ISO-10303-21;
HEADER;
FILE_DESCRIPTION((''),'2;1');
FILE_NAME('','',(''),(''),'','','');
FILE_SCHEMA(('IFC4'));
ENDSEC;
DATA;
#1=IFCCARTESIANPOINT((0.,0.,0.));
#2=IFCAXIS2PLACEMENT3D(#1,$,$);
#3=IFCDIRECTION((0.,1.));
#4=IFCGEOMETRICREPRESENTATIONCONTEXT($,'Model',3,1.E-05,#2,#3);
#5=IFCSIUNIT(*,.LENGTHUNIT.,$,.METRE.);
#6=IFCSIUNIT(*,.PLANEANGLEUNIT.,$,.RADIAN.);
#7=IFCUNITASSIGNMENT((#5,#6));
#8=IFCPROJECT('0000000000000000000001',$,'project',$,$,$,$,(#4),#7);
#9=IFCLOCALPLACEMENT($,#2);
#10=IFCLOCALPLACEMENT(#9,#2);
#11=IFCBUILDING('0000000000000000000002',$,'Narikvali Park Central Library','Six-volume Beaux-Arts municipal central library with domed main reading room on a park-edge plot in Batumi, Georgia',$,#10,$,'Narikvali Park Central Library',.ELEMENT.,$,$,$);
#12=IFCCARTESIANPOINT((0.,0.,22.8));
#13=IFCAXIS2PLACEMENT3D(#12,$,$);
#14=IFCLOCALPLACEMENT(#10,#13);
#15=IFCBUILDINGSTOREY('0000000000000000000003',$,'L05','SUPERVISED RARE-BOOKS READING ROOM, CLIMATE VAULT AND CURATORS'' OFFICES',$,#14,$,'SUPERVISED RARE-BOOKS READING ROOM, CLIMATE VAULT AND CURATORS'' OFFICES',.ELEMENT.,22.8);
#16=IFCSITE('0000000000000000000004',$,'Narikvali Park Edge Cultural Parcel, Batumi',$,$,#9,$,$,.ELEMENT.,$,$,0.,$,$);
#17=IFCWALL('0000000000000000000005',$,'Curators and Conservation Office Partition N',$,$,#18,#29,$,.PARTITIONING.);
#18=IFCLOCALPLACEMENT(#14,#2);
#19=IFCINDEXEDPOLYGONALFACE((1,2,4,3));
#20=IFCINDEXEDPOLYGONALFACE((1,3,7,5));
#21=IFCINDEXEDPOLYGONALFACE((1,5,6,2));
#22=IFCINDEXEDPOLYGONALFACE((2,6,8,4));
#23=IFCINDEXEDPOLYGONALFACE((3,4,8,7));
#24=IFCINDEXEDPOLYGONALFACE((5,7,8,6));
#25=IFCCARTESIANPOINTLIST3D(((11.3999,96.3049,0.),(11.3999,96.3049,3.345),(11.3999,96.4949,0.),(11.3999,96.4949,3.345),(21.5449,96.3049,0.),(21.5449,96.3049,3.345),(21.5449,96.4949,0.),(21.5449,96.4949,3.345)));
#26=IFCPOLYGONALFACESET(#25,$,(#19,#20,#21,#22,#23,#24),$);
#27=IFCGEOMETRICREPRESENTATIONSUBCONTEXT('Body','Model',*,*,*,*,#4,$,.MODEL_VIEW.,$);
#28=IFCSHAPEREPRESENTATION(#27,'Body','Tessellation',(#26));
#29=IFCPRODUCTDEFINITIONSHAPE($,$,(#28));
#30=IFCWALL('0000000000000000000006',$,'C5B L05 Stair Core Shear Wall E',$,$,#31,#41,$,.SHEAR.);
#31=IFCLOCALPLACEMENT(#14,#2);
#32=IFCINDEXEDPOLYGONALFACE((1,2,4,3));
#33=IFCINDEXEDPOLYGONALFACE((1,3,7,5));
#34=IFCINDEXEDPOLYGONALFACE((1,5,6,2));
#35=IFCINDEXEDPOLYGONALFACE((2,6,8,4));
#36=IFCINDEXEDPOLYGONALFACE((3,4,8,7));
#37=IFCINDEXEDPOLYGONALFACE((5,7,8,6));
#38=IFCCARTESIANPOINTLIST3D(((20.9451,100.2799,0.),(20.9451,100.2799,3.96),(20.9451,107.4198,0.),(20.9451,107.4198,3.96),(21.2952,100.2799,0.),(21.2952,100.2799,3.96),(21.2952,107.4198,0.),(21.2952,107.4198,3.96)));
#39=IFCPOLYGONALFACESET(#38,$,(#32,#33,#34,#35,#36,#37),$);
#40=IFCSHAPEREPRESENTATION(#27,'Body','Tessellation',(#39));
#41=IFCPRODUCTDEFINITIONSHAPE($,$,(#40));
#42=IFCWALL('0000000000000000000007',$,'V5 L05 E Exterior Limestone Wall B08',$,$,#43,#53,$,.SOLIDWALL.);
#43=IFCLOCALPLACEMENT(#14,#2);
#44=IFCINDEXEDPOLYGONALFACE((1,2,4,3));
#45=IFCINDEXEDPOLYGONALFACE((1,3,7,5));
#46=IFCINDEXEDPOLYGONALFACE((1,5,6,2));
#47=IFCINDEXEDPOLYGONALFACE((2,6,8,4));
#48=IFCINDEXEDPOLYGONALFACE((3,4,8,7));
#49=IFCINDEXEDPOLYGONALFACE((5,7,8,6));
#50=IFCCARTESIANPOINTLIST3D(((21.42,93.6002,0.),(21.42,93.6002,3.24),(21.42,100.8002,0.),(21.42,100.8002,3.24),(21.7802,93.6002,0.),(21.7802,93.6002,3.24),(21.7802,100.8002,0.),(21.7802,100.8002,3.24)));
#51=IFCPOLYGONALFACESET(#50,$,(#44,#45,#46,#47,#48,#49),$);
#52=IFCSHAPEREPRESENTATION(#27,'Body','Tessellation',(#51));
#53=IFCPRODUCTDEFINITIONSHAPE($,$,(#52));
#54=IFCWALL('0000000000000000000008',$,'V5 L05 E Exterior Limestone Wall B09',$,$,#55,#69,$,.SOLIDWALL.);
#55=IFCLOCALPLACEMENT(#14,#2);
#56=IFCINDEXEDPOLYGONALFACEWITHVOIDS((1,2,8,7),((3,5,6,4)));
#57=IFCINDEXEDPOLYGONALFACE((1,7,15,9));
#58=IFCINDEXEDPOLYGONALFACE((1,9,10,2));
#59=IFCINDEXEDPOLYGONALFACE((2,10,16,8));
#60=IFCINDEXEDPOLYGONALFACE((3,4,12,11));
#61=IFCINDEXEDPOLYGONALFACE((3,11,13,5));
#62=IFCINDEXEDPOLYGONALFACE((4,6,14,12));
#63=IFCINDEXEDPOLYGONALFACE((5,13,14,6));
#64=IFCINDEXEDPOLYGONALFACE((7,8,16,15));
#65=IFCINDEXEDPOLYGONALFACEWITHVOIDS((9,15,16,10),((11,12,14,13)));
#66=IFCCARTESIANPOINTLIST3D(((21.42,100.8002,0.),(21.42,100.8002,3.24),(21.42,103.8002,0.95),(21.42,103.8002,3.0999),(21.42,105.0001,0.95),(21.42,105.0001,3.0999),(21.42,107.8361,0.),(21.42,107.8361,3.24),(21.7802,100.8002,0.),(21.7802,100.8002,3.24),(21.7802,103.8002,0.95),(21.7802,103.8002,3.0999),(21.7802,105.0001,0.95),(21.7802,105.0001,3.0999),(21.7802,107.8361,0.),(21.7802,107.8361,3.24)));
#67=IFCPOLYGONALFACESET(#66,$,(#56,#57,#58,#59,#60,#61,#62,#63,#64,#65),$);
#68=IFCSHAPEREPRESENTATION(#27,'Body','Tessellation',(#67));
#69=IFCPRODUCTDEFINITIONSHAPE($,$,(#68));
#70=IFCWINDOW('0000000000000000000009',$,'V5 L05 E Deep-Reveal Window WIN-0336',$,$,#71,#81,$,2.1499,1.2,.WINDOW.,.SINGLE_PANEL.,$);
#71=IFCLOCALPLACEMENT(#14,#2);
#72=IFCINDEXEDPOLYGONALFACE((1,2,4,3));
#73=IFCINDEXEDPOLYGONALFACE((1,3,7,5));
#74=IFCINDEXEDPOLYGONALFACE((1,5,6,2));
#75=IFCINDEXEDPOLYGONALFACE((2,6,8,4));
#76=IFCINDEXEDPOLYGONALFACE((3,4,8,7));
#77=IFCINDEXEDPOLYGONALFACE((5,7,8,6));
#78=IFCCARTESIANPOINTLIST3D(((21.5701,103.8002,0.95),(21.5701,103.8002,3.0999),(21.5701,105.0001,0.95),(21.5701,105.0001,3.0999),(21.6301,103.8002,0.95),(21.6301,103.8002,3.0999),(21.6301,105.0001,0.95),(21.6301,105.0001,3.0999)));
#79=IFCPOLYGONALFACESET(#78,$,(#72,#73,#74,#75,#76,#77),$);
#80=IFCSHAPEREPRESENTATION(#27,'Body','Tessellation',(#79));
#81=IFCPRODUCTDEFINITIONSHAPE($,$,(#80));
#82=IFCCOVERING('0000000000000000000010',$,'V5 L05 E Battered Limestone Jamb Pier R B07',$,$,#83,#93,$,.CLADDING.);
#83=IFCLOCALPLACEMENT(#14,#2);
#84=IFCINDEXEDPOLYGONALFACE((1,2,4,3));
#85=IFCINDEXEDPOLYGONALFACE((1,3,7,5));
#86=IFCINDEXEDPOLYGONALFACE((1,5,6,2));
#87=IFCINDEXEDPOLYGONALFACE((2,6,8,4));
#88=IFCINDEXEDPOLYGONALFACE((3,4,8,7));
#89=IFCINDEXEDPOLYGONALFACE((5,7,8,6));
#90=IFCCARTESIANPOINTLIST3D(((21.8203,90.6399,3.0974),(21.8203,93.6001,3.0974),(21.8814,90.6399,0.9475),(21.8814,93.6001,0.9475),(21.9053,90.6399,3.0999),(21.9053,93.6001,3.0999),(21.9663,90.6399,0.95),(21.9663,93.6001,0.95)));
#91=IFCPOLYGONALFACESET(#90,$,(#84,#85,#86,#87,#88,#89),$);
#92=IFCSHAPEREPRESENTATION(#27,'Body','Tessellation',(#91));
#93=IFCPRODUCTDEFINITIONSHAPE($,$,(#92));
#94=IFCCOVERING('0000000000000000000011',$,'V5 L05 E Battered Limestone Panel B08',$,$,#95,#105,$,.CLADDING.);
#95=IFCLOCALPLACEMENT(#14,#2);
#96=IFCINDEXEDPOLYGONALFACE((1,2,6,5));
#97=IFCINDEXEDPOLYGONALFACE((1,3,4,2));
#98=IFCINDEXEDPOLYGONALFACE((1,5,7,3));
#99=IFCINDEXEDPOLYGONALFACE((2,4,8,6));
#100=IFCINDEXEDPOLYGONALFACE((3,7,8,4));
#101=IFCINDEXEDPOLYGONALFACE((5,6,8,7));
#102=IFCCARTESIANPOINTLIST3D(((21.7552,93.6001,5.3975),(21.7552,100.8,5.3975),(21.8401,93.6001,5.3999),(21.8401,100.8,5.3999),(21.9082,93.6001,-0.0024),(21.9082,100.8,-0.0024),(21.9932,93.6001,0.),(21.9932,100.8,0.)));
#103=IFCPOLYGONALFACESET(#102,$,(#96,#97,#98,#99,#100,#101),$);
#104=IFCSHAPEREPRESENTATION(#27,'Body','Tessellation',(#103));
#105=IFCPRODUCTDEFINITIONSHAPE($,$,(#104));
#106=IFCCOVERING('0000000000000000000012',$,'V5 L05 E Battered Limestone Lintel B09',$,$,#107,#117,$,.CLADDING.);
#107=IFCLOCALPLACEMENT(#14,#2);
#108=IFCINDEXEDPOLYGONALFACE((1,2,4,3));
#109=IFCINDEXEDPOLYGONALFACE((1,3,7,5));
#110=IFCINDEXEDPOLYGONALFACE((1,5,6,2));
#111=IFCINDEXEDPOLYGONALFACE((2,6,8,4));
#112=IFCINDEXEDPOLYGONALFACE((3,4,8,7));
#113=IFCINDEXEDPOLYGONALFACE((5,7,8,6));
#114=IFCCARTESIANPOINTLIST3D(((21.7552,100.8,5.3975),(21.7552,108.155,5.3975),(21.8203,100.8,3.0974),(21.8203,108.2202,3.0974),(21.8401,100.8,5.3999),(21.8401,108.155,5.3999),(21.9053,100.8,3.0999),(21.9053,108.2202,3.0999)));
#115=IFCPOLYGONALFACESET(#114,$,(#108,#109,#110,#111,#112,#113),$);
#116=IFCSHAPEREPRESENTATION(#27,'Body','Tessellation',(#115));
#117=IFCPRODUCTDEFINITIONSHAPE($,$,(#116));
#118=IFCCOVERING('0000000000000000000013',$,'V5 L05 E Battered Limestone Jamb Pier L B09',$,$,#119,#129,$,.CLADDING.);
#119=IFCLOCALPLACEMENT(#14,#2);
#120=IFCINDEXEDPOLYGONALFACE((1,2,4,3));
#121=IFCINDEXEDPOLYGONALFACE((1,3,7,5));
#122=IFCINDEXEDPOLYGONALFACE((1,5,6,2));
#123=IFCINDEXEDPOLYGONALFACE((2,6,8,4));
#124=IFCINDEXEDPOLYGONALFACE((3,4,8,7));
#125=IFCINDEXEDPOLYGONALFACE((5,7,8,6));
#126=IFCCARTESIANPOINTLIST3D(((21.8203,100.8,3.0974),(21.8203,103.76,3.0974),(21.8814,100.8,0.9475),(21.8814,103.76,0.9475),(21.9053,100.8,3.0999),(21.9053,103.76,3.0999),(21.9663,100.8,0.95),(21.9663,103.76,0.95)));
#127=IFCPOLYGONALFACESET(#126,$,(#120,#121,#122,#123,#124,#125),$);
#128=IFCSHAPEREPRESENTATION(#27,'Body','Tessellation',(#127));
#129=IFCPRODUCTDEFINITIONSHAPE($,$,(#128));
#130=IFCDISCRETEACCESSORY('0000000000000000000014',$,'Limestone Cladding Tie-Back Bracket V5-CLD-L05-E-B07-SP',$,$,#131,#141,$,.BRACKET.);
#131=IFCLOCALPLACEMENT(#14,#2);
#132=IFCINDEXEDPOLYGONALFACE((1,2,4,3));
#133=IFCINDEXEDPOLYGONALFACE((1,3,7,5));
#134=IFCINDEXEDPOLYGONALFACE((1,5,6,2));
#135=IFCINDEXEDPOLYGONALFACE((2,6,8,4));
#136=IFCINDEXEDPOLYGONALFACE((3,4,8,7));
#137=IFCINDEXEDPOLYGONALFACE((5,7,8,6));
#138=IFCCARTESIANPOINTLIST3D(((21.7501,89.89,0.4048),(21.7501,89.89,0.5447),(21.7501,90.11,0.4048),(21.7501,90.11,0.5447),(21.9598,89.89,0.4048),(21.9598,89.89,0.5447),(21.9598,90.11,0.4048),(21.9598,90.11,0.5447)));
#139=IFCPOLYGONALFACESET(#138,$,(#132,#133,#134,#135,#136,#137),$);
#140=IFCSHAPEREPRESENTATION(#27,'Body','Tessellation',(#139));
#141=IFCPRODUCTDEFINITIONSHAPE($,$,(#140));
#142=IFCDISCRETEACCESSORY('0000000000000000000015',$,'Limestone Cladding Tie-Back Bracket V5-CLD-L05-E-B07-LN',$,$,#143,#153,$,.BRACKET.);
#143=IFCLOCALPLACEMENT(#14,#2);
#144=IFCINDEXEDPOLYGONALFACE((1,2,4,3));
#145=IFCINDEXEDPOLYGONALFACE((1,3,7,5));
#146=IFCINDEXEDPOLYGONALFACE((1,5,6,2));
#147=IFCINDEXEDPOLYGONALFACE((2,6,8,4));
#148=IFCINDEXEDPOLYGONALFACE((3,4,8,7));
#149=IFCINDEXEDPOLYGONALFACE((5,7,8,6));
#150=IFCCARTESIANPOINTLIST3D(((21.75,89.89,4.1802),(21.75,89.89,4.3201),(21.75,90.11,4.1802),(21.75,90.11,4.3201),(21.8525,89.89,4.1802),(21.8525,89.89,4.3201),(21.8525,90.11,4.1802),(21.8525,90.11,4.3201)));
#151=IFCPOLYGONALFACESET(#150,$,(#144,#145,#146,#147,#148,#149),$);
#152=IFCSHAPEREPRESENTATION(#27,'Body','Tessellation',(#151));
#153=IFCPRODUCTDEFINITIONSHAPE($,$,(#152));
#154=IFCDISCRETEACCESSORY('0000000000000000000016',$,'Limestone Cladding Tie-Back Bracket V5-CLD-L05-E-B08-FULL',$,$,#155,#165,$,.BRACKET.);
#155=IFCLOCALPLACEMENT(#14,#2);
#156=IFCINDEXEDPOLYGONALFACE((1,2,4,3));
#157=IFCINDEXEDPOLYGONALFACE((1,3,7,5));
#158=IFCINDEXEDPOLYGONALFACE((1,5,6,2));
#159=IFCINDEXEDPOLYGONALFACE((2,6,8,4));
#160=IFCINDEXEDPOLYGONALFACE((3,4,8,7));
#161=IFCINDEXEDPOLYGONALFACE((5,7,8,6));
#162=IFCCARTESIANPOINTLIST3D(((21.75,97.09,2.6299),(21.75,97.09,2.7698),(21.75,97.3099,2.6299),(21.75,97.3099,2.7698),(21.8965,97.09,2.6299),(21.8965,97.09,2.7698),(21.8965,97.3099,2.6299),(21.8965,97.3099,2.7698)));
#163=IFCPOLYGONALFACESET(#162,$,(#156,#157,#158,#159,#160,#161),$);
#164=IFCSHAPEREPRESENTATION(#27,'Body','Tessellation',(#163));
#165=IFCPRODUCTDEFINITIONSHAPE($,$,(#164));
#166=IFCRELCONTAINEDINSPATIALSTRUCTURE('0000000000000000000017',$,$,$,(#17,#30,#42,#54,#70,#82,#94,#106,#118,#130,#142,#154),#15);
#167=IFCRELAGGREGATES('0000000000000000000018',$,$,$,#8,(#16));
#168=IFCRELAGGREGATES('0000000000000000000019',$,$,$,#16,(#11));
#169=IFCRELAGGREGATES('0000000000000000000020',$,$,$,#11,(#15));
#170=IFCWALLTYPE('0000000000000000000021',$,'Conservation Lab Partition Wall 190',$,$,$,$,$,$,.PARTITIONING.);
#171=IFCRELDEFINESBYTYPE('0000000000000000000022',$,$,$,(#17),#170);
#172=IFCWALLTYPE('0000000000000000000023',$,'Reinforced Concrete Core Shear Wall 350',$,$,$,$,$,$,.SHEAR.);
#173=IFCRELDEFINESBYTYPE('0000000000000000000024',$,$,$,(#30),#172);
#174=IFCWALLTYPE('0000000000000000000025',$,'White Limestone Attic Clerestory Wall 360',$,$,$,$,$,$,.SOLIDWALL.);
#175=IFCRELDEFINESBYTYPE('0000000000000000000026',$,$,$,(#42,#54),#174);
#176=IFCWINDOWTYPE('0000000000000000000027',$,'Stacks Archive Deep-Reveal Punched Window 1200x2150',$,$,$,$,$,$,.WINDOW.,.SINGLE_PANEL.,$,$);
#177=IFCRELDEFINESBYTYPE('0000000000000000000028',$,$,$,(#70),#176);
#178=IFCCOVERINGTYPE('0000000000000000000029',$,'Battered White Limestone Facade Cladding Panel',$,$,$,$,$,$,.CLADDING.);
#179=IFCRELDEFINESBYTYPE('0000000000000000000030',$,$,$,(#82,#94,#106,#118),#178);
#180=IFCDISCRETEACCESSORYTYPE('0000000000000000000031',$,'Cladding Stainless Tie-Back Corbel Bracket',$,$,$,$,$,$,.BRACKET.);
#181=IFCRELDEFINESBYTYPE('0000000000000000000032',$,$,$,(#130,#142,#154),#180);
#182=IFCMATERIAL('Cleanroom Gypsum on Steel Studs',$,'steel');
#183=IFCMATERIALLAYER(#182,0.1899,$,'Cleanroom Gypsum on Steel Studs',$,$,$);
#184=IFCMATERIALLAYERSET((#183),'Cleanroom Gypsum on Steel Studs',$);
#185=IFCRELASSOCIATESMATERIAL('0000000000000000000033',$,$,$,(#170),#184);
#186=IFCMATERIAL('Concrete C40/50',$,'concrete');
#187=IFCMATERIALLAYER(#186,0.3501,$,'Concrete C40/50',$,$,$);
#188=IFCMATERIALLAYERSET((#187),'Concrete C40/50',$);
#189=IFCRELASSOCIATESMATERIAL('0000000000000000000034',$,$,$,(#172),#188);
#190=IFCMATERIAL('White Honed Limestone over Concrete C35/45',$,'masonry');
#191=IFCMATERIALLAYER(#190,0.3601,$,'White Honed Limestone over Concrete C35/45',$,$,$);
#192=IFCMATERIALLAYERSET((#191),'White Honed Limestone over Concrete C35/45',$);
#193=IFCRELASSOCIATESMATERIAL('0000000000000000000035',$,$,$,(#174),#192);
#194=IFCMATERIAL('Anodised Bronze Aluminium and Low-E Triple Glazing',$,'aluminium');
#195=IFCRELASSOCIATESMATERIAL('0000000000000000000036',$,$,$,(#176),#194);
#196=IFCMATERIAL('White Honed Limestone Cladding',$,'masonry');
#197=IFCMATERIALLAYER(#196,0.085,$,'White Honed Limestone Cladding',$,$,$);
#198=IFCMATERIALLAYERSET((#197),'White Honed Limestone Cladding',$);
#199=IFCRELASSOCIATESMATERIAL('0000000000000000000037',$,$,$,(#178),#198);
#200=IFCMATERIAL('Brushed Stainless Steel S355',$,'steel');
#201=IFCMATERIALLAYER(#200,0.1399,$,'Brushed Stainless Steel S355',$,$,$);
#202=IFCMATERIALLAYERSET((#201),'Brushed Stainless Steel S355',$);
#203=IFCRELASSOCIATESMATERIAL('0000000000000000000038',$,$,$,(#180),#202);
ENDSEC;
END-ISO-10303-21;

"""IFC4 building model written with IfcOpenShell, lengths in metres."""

from ifc_helpers import new_model, si_unit, direction, frame, frame_2d, origin, origin_2d, place, context, subcontext, project, spatial, polyline, rectangle, outline, extrude, material, layer, layer_set, type_object, element, fill, save


model = new_model("IFC4")

# Units and contexts
model_context = context("Model", 3, precision=1e-05, world=origin(), true_north=direction((0.0, 1.0)))
body_context = subcontext(model_context, "Body", "Model", "MODEL_VIEW")
ifc_project = project(units=[si_unit("LENGTHUNIT", "METRE"), si_unit("PLANEANGLEUNIT", "RADIAN")], contexts=[model_context])

# Site, building, storey
site_placement = place(None, origin())
site = spatial("IfcSite", under=ifc_project, at=site_placement, Name="Narikvali Park Edge Cultural Parcel, Batumi", CompositionType="ELEMENT", RefElevation=0.0)
building_placement = place(site_placement, origin())
building = spatial("IfcBuilding", under=site, at=building_placement, Name="Narikvali Park Central Library", Description="Six-volume Beaux-Arts municipal central library with domed main reading room on a park-edge plot in Batumi, Georgia", LongName="Narikvali Park Central Library", CompositionType="ELEMENT")
storey_placement = place(building_placement, frame((0.0, 0.0, 22.8)))
storey = spatial("IfcBuildingStorey", under=building, at=storey_placement, Name="L05", Description="SUPERVISED RARE-BOOKS READING ROOM, CLIMATE VAULT AND CURATORS' OFFICES", LongName="SUPERVISED RARE-BOOKS READING ROOM, CLIMATE VAULT AND CURATORS' OFFICES", CompositionType="ELEMENT", Elevation=22.8)

# Wall
ifc_material_1 = material(Name="Cleanroom Gypsum on Steel Studs", Category="steel")
ifc_layer_1 = layer(ifc_material_1, 0.1899, Name="Cleanroom Gypsum on Steel Studs")
ifc_layer_set_1 = layer_set([ifc_layer_1], Name="Cleanroom Gypsum on Steel Studs")
wall_type_1 = type_object("IfcWallType", Name="Conservation Lab Partition Wall 190", PredefinedType="PARTITIONING", material=ifc_layer_set_1)
wall_1_placement = place(storey_placement, frame((11.3999, 96.3999, 0.0), z_axis=(0.0, 0.0, 1.0), x_axis=(1.0, 0.0, 0.0)))
element("IfcWall", 1, at=wall_1_placement, inside=storey, type_object=wall_type_1, Name="Curators and Conservation Office Partition N", PredefinedType="PARTITIONING", context=body_context, shape_type="SweptSolid", body=[
    extrude(rectangle(XDim=10.145, YDim=0.1899, at=frame_2d((5.0725, 0.0))), origin(), (0.0, 0.0, 1.0), 3.345),
])

# Shared definitions
ifc_material_2 = material(Name="Concrete C40/50", Category="concrete")
ifc_layer_2 = layer(ifc_material_2, 0.3501, Name="Concrete C40/50")
ifc_layer_set_2 = layer_set([ifc_layer_2], Name="Concrete C40/50")
wall_type_2 = type_object("IfcWallType", Name="Reinforced Concrete Core Shear Wall 350", PredefinedType="SHEAR", material=ifc_layer_set_2)

# Walls
wall_2_placement = place(storey_placement, frame((21.1201, 100.28, 0.0), z_axis=(0.0, 0.0, 1.0), x_axis=(0.0, 1.0, 0.0)))
element("IfcWall", 2, at=wall_2_placement, inside=storey, type_object=wall_type_2, Name="C5B L05 Stair Core Shear Wall E", PredefinedType="SHEAR", context=body_context, shape_type="SweptSolid", body=[
    extrude(rectangle(XDim=7.1399, YDim=0.3501, at=frame_2d((3.5698, 0.0))), origin(), (0.0, 0.0, 1.0), 3.96),
])
ifc_material_3 = material(Name="White Honed Limestone over Concrete C35/45", Category="masonry")
ifc_layer_3 = layer(ifc_material_3, 0.3601, Name="White Honed Limestone over Concrete C35/45")
ifc_layer_set_3 = layer_set([ifc_layer_3], Name="White Honed Limestone over Concrete C35/45")
wall_type_3 = type_object("IfcWallType", Name="White Limestone Attic Clerestory Wall 360", PredefinedType="SOLIDWALL", material=ifc_layer_set_3)
wall_3_placement = place(storey_placement, frame((21.6001, 93.6001, 0.0), z_axis=(0.0, 0.0, 1.0), x_axis=(0.0, 1.0, 0.0)))
element("IfcWall", 3, at=wall_3_placement, inside=storey, type_object=wall_type_3, Name="V5 L05 E Exterior Limestone Wall B08", PredefinedType="SOLIDWALL", context=body_context, shape_type="SweptSolid", body=[
    extrude(rectangle(XDim=7.2, YDim=0.3601, at=frame_2d((3.6001, 0.0))), origin(), (0.0, 0.0, 1.0), 3.24),
])

# Wall, opening, window
wall_4_placement = place(storey_placement, frame((21.6001, 100.8, 0.0), z_axis=(0.0, 0.0, 1.0), x_axis=(0.0, 1.0, 0.0)))
wall_4 = element("IfcWall", 4, at=wall_4_placement, inside=storey, type_object=wall_type_3, Name="V5 L05 E Exterior Limestone Wall B09", PredefinedType="SOLIDWALL", context=body_context, shape_type="SweptSolid", body=[
    extrude(rectangle(XDim=7.0359, YDim=0.3601, at=frame_2d((3.5181, 0.0))), origin(), (0.0, 0.0, 1.0), 3.24),
])
opening_1_placement = place(wall_4_placement, frame((3.0, 0.0, 0.95)))
opening_1 = element("IfcOpeningElement", 5, at=opening_1_placement, cuts=wall_4, PredefinedType="OPENING", context=body_context, shape_type="SweptSolid", body=[
    extrude(rectangle(XDim=1.2, YDim=2.1499, at=frame_2d((0.6001, 1.075))), frame((0.0, 0.1919, 0.0), z_axis=(0.0, -1.0, 0.0), x_axis=(1.0, 0.0, 0.0)), (0.0, 0.0, 1.0), 0.384),
])
ifc_material_4 = material(Name="Anodised Bronze Aluminium and Low-E Triple Glazing", Category="aluminium")
window_type = type_object("IfcWindowType", Name="Stacks Archive Deep-Reveal Punched Window 1200x2150", PartitioningType="SINGLE_PANEL", PredefinedType="WINDOW", material=ifc_material_4)
window_placement = place(opening_1_placement, origin())
window = element("IfcWindow", 6, at=window_placement, inside=storey, type_object=window_type, Name="V5 L05 E Deep-Reveal Window WIN-0336", OverallHeight=2.1499, OverallWidth=1.2, PartitioningType="SINGLE_PANEL", PredefinedType="WINDOW", context=body_context, shape_type="SweptSolid", body=[
    extrude(rectangle(XDim=1.2, YDim=2.1499, at=frame_2d((0.6001, 1.075))), frame((0.0, 0.03, 0.0), z_axis=(0.0, -1.0, 0.0), x_axis=(1.0, 0.0, 0.0)), (0.0, 0.0, 1.0), 0.0601),
])
fill(opening_1, window)

# Coverings
ifc_material_5 = material(Name="White Honed Limestone Cladding", Category="masonry")
ifc_layer_4 = layer(ifc_material_5, 0.085, Name="White Honed Limestone Cladding")
ifc_layer_set_4 = layer_set([ifc_layer_4], Name="White Honed Limestone Cladding")
covering_type = type_object("IfcCoveringType", Name="Battered White Limestone Facade Cladding Panel", PredefinedType="CLADDING", material=ifc_layer_set_4)
covering_1_placement = place(storey_placement, frame((21.9663, 90.6399, 0.95), z_axis=(0.999597, 0.0, 0.028378), x_axis=(0.0, 1.0, 0.0)))
element("IfcCovering", 7, at=covering_1_placement, inside=storey, type_object=covering_type, Name="V5 L05 E Battered Limestone Jamb Pier R B07", PredefinedType="CLADDING", context=body_context, shape_type="SweptSolid", body=[
    extrude(outline(polyline([(0.0, 0.0), (2.9602, 0.0), (2.9602, 2.1508), (0.0, 2.1508), (0.0, 0.0)])), origin(), (0.0, 0.0, -1.0), 0.085),
])
covering_2_placement = place(storey_placement, frame((21.9932, 93.6001, 0.0), z_axis=(0.999598, 0.0, 0.028337), x_axis=(0.0, 1.0, 0.0)))
element("IfcCovering", 8, at=covering_2_placement, inside=storey, type_object=covering_type, Name="V5 L05 E Battered Limestone Panel B08", PredefinedType="CLADDING", context=body_context, shape_type="SweptSolid", body=[
    extrude(outline(polyline([(0.0, 0.0), (7.2, 0.0), (7.2, 5.4021), (0.0, 5.4021), (0.0, 0.0)])), origin(), (0.0, 0.0, -1.0), 0.085),
])
covering_3_placement = place(storey_placement, frame((21.9053, 100.8, 3.0999), z_axis=(0.999599, 0.0, 0.02833), x_axis=(0.0, 1.0, 0.0)))
element("IfcCovering", 9, at=covering_3_placement, inside=storey, type_object=covering_type, Name="V5 L05 E Battered Limestone Lintel B09", PredefinedType="CLADDING", context=body_context, shape_type="SweptSolid", body=[
    extrude(outline(polyline([(0.0, 0.0), (7.4202, 0.0), (7.355, 2.301), (0.0, 2.301), (0.0, 0.0)])), origin(), (0.0, 0.0, -1.0), 0.085),
])
covering_4_placement = place(storey_placement, frame((21.9663, 100.8, 0.95), z_axis=(0.999597, 0.0, 0.028378), x_axis=(0.0, 1.0, 0.0)))
element("IfcCovering", 10, at=covering_4_placement, inside=storey, type_object=covering_type, Name="V5 L05 E Battered Limestone Jamb Pier L B09", PredefinedType="CLADDING", context=body_context, shape_type="SweptSolid", body=[
    extrude(outline(polyline([(0.0, 0.0), (2.96, 0.0), (2.96, 2.1508), (0.0, 2.1508), (0.0, 0.0)])), origin(), (0.0, 0.0, -1.0), 0.085),
])

# Discrete accessories
ifc_material_6 = material(Name="Brushed Stainless Steel S355", Category="steel")
ifc_layer_5 = layer(ifc_material_6, 0.1399, Name="Brushed Stainless Steel S355")
ifc_layer_set_5 = layer_set([ifc_layer_5], Name="Brushed Stainless Steel S355")
discrete_accessory_type = type_object("IfcDiscreteAccessoryType", Name="Cladding Stainless Tie-Back Corbel Bracket", PredefinedType="BRACKET", material=ifc_layer_set_5)
discrete_accessory_1_placement = place(storey_placement, frame((21.855, 90.0, 0.4048), z_axis=(0.0, 0.0, 1.0), x_axis=(1.0, 0.0, 0.0)))
element("IfcDiscreteAccessory", 11, at=discrete_accessory_1_placement, inside=storey, type_object=discrete_accessory_type, Name="Limestone Cladding Tie-Back Bracket V5-CLD-L05-E-B07-SP", PredefinedType="BRACKET", context=body_context, shape_type="SweptSolid", body=[
    extrude(rectangle(XDim=0.2097, YDim=0.22, at=origin_2d()), origin(), (0.0, 0.0, 1.0), 0.1399),
])
discrete_accessory_2_placement = place(storey_placement, frame((21.8013, 90.0, 4.1802), z_axis=(0.0, 0.0, 1.0), x_axis=(1.0, 0.0, 0.0)))
element("IfcDiscreteAccessory", 12, at=discrete_accessory_2_placement, inside=storey, type_object=discrete_accessory_type, Name="Limestone Cladding Tie-Back Bracket V5-CLD-L05-E-B07-LN", PredefinedType="BRACKET", context=body_context, shape_type="SweptSolid", body=[
    extrude(rectangle(XDim=0.1025, YDim=0.22, at=origin_2d()), origin(), (0.0, 0.0, 1.0), 0.1399),
])
discrete_accessory_3_placement = place(storey_placement, frame((21.8232, 97.2, 2.6299), z_axis=(0.0, 0.0, 1.0), x_axis=(1.0, 0.0, 0.0)))
element("IfcDiscreteAccessory", 13, at=discrete_accessory_3_placement, inside=storey, type_object=discrete_accessory_type, Name="Limestone Cladding Tie-Back Bracket V5-CLD-L05-E-B08-FULL", PredefinedType="BRACKET", context=body_context, shape_type="SweptSolid", body=[
    extrude(rectangle(XDim=0.1465, YDim=0.22, at=origin_2d()), origin(), (0.0, 0.0, 1.0), 0.1399),
])

save(model, "model.ifc")
